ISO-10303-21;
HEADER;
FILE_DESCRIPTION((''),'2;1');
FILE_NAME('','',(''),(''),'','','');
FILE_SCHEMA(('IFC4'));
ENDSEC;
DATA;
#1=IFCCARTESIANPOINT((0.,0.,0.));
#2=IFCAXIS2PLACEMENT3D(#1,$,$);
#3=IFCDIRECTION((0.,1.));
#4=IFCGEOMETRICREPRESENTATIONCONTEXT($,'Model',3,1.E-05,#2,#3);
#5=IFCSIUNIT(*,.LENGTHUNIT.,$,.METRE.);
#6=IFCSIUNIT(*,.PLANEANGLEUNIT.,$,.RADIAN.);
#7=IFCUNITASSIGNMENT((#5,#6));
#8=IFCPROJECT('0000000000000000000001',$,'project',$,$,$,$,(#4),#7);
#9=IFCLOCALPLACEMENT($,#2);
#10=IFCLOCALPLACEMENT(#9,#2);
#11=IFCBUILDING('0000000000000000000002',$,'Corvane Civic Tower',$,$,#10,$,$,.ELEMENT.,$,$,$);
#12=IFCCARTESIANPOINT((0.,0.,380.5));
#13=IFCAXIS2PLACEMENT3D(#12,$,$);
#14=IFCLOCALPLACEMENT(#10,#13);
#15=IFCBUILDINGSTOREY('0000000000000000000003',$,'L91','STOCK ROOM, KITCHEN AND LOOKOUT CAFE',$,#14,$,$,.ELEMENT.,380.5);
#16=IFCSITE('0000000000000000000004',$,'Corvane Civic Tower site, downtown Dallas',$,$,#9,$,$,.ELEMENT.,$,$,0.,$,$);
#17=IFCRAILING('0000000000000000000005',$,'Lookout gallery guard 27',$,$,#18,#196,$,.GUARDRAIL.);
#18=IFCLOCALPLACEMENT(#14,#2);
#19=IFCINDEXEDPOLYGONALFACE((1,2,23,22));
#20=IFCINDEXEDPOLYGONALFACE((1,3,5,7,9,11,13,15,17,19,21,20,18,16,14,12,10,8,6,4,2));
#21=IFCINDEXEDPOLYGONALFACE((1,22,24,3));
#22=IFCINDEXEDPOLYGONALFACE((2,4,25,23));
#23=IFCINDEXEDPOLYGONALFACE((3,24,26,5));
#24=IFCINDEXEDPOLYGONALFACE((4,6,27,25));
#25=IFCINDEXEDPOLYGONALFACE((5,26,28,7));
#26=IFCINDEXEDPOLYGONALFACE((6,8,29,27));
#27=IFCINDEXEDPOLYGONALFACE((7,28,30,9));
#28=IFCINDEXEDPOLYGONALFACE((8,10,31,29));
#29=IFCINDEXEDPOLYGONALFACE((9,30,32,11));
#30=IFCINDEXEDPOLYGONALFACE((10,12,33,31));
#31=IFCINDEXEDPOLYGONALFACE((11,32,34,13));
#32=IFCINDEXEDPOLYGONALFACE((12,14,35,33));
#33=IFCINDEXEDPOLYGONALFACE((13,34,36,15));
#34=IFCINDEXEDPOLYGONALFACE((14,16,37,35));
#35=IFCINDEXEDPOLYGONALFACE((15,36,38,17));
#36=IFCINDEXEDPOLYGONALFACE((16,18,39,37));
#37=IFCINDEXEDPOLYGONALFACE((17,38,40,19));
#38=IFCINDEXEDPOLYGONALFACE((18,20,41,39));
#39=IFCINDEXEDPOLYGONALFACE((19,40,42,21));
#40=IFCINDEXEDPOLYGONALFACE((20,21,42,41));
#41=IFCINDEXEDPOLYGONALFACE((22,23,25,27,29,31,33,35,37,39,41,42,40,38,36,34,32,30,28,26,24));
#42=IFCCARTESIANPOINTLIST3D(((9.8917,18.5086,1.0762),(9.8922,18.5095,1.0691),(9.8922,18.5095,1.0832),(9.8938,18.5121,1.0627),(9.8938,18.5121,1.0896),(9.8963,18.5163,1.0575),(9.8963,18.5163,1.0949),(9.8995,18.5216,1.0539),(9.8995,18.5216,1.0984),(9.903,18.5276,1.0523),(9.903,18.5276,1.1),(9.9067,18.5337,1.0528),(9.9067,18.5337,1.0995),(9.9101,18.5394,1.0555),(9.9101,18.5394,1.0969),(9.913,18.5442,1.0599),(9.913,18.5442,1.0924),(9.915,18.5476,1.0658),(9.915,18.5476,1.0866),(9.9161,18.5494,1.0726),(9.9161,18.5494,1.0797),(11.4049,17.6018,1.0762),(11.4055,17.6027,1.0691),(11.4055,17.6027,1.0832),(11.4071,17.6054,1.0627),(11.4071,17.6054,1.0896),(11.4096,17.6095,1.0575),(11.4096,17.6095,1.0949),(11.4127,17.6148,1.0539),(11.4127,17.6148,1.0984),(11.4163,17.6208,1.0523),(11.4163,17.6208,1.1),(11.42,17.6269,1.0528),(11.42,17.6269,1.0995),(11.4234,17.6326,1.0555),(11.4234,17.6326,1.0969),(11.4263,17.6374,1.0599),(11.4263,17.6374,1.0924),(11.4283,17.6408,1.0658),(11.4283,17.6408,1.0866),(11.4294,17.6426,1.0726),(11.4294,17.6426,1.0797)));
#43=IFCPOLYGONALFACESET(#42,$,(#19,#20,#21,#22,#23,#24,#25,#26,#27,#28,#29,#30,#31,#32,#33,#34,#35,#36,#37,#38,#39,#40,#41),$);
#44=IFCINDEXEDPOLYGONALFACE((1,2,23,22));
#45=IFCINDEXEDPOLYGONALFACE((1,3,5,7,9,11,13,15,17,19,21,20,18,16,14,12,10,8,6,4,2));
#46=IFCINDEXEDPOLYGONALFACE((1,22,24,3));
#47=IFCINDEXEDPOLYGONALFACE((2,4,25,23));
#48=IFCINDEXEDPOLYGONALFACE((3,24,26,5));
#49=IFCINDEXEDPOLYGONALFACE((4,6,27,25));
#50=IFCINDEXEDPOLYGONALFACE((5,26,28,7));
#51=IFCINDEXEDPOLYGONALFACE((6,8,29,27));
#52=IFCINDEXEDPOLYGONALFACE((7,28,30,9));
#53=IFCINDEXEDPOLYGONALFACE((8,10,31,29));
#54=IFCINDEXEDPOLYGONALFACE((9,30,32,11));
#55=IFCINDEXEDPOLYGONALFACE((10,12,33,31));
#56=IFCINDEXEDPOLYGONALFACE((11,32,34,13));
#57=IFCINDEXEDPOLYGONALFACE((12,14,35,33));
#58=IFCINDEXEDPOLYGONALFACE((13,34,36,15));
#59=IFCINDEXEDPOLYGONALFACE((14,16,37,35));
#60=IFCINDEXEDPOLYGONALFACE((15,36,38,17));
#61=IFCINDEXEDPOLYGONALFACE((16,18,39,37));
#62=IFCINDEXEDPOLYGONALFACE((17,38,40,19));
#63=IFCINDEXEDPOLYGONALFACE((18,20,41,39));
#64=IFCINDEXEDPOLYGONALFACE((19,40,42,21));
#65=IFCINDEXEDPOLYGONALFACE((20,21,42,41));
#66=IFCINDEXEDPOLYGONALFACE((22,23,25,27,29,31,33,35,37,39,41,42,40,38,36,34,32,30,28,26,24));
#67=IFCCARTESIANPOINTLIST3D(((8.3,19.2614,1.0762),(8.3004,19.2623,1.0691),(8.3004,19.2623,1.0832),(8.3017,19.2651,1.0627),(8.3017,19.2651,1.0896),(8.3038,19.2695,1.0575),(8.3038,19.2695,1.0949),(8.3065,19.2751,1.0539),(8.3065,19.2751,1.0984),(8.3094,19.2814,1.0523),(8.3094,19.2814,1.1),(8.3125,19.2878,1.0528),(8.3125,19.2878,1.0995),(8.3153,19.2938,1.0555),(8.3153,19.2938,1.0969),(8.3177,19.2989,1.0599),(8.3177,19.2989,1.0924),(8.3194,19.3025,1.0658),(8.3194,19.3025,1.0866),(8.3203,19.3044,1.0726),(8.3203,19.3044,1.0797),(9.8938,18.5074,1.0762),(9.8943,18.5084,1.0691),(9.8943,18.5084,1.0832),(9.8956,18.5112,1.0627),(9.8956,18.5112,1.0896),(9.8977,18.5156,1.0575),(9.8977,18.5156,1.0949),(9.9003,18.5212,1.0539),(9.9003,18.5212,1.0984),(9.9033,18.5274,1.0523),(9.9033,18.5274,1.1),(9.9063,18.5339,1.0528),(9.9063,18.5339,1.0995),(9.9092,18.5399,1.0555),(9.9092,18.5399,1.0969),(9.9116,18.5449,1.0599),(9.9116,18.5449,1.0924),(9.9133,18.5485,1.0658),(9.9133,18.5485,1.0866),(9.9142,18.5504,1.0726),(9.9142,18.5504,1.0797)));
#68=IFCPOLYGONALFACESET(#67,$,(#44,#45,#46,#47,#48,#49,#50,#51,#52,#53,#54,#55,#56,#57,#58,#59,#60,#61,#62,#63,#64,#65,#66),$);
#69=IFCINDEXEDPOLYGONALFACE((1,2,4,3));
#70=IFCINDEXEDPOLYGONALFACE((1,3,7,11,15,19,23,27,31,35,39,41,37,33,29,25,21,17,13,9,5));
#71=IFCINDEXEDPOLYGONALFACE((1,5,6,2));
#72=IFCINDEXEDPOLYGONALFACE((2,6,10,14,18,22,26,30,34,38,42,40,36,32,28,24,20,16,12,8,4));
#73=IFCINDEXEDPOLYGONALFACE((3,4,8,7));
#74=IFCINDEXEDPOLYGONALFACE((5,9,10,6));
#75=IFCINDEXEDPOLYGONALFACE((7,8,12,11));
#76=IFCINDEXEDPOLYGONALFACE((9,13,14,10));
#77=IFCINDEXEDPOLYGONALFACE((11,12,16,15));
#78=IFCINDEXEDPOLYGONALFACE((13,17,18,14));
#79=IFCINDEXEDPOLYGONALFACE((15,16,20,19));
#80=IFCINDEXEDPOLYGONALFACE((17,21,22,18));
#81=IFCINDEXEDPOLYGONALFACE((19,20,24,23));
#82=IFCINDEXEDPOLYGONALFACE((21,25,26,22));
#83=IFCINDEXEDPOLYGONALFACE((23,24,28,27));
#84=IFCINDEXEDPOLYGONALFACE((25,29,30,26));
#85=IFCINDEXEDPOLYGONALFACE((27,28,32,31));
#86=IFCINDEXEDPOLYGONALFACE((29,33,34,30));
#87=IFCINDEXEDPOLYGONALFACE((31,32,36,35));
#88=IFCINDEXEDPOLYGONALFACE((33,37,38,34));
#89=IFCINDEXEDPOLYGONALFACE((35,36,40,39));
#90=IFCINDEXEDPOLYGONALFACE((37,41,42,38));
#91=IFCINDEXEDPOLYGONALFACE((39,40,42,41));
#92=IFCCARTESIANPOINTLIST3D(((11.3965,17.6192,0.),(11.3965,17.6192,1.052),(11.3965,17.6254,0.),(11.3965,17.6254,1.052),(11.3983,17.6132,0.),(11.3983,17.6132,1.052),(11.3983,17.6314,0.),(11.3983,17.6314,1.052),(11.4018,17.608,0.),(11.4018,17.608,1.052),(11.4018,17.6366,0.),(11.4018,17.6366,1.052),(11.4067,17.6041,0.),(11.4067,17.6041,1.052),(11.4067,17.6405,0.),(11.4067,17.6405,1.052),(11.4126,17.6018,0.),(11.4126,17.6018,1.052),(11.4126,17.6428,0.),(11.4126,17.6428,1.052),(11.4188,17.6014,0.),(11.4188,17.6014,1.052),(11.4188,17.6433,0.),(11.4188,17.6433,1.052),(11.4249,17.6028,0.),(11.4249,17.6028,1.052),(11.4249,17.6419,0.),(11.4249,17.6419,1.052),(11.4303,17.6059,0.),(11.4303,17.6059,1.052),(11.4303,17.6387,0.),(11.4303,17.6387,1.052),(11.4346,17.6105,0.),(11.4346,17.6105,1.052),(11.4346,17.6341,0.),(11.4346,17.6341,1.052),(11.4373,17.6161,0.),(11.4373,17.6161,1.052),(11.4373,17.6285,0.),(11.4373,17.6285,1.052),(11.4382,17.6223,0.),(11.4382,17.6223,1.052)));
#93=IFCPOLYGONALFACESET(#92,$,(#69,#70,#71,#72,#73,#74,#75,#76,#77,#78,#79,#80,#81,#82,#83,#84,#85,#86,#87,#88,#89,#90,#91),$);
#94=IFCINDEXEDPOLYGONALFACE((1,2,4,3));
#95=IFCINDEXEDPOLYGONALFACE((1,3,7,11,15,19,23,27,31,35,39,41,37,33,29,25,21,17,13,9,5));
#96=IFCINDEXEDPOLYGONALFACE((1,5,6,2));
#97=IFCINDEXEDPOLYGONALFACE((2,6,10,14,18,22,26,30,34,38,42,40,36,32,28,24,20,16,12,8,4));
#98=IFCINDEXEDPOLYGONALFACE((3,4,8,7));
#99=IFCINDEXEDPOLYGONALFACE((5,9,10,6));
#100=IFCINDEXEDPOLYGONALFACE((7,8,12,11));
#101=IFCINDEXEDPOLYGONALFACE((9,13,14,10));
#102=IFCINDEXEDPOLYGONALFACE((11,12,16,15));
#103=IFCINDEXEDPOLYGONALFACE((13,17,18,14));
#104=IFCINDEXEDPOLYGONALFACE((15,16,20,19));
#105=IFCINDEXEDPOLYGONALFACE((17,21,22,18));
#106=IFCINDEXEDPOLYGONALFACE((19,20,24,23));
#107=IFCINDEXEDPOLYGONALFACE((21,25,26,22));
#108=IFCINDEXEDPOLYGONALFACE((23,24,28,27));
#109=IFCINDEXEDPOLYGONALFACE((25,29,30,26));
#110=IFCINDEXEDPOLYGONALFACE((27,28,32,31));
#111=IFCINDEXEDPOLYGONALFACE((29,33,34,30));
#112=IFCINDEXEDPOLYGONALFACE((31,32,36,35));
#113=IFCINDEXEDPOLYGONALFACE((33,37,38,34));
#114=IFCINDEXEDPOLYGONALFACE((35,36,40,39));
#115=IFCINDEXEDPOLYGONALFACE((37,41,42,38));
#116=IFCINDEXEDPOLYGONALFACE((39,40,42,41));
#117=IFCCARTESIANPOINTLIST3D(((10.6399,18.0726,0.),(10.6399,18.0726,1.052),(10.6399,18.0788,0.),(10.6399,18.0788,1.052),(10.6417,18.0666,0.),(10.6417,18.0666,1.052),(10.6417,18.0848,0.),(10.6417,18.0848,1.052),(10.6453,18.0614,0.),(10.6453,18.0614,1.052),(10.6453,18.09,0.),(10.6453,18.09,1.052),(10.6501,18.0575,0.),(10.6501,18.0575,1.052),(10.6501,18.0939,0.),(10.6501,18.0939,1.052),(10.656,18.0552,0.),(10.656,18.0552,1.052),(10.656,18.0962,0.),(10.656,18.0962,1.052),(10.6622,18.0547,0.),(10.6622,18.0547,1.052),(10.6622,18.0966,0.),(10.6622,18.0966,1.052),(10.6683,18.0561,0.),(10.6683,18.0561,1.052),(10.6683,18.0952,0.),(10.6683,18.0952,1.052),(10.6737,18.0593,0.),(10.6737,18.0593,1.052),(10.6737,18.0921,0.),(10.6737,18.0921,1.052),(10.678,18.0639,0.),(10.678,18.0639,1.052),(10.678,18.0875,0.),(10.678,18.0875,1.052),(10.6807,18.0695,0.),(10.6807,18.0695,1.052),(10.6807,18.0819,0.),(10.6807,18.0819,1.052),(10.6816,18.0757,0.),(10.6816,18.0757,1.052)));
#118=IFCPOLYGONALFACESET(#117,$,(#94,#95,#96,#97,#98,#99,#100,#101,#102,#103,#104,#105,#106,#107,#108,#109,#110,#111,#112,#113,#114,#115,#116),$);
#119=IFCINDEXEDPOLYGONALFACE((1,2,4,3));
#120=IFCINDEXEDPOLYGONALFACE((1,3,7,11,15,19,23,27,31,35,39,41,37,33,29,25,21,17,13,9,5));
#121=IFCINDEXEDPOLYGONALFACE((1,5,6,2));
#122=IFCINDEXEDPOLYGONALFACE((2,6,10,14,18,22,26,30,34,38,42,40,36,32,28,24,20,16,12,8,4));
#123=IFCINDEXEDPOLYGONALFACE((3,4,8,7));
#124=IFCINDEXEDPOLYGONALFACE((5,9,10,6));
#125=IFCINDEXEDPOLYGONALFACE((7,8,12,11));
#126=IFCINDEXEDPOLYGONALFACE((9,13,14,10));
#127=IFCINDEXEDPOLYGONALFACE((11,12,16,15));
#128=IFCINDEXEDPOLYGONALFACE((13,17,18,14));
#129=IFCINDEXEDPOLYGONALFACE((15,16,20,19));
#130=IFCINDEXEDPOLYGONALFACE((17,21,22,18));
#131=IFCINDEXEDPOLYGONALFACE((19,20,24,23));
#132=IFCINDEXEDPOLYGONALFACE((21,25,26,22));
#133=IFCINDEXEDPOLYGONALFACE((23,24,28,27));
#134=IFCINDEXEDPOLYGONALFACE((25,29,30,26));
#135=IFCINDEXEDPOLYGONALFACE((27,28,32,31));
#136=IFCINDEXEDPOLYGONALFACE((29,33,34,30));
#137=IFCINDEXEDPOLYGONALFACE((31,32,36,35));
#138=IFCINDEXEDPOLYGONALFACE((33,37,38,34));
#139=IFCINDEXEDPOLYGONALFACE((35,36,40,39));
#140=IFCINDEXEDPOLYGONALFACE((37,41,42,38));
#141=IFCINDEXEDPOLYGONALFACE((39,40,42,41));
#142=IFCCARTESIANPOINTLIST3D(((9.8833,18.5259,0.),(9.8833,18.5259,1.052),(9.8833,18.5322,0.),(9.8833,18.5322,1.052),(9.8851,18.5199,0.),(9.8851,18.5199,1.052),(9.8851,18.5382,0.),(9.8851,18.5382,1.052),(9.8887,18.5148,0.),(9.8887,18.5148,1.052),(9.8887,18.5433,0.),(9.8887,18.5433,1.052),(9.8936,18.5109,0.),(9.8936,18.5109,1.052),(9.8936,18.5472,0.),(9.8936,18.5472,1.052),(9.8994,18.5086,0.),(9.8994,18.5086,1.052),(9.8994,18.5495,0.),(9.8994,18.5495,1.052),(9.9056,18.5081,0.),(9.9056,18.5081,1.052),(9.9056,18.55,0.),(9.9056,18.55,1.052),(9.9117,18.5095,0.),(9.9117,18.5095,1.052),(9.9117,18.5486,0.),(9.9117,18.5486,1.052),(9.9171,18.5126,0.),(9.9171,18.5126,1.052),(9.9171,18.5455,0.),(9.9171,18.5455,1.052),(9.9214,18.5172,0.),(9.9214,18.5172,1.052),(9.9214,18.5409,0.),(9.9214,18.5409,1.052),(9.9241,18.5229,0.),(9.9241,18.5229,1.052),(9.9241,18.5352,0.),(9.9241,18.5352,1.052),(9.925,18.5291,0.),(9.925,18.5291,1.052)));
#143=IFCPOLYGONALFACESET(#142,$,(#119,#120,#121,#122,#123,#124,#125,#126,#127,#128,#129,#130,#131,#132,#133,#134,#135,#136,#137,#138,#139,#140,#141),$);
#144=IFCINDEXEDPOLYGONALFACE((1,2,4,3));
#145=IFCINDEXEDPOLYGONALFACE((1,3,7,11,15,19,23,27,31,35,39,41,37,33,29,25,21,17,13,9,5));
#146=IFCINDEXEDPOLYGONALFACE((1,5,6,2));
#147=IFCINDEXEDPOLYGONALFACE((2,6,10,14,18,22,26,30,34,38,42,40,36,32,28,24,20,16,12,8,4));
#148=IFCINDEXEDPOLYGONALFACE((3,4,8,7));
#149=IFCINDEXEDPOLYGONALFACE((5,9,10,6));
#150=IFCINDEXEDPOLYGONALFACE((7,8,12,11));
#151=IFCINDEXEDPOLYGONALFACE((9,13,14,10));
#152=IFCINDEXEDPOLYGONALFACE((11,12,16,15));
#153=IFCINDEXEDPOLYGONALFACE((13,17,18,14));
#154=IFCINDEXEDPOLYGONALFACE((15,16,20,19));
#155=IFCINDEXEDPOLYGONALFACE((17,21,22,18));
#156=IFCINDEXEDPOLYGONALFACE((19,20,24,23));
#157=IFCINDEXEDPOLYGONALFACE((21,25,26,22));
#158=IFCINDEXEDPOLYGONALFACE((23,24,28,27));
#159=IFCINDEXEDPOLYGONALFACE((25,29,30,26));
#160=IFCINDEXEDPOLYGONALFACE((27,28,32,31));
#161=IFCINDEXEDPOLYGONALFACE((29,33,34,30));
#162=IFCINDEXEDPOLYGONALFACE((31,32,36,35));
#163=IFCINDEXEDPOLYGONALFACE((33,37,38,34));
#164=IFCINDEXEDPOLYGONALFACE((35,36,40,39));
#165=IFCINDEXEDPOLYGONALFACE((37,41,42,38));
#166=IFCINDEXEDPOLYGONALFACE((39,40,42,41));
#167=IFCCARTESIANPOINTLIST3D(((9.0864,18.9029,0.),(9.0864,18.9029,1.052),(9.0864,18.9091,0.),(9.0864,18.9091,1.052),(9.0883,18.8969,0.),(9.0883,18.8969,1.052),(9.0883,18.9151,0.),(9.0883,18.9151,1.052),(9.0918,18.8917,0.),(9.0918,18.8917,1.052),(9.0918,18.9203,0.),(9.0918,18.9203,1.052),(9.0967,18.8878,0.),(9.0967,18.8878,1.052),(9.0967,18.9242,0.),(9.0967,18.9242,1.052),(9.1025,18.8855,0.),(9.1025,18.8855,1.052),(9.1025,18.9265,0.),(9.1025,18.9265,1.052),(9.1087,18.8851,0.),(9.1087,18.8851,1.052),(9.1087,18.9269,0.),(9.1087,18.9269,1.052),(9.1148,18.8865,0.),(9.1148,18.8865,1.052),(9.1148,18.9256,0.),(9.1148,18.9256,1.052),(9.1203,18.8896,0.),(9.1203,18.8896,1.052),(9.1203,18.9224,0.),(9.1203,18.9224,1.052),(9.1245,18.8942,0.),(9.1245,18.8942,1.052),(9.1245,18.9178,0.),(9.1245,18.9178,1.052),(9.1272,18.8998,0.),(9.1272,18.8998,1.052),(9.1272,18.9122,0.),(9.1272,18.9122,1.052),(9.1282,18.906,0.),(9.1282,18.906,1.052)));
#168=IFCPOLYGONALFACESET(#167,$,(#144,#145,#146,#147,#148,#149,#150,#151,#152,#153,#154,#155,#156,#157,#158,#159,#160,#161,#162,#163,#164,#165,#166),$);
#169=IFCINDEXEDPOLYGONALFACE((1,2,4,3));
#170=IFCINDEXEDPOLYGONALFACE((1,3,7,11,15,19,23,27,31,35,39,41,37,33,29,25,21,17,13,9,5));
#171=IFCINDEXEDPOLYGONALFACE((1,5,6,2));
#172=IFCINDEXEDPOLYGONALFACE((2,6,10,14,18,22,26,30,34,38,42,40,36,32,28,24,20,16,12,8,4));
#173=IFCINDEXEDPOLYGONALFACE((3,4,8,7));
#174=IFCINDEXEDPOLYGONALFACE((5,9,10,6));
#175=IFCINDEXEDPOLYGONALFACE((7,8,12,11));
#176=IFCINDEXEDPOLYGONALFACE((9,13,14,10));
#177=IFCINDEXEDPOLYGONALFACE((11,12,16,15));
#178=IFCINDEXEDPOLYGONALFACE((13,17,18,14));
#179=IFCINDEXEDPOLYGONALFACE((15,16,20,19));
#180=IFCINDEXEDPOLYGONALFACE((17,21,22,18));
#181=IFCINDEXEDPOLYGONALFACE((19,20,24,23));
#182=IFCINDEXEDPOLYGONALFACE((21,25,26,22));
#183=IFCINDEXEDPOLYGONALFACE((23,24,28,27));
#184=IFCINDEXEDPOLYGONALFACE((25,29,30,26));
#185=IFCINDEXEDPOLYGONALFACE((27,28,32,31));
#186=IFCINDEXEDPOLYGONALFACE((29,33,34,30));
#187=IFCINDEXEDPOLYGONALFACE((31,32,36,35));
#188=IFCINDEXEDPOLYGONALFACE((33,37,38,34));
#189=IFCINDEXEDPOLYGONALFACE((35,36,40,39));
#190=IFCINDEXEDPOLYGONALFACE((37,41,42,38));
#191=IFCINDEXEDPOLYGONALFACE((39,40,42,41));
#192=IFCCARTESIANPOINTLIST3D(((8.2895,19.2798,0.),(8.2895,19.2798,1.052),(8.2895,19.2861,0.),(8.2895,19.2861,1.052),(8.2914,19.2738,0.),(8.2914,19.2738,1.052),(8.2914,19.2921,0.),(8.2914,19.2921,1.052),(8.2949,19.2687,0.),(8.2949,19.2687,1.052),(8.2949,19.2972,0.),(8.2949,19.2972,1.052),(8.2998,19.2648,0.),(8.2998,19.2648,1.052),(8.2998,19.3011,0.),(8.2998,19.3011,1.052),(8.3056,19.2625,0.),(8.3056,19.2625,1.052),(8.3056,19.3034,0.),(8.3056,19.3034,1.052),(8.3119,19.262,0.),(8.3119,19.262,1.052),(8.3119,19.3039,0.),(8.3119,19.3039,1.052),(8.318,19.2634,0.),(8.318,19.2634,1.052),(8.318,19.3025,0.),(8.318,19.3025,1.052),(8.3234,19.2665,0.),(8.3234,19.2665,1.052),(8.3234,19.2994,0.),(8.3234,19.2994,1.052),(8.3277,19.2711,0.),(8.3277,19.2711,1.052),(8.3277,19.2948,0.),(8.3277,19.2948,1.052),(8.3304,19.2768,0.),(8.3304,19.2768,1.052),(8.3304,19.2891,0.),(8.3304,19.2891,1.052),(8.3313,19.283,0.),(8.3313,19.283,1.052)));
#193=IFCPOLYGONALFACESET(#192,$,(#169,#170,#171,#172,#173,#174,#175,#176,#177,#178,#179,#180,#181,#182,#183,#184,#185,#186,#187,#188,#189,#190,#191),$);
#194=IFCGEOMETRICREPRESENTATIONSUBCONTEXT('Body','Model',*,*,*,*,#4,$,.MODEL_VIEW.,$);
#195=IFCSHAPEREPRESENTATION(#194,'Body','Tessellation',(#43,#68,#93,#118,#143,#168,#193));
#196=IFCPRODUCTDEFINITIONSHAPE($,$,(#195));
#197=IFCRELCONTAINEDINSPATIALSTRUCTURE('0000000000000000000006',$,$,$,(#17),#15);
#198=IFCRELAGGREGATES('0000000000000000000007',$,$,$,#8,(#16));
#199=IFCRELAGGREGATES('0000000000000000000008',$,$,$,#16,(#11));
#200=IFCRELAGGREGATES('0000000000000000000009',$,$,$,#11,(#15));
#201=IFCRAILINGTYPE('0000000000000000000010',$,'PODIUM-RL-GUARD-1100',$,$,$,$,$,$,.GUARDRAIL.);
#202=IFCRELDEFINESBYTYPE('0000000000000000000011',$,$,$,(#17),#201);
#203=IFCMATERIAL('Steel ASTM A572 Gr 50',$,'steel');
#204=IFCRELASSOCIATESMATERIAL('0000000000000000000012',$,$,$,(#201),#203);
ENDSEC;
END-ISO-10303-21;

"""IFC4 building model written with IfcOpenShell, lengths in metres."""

from ifc_helpers import new_model, si_unit, direction, frame, origin, origin_2d, place, context, subcontext, project, spatial, circle, extrude, material, type_object, element, save


model = new_model("IFC4")

# Units and contexts
model_context = context("Model", 3, precision=1e-05, world=origin(), true_north=direction((0.0, 1.0)))
body_context = subcontext(model_context, "Body", "Model", "MODEL_VIEW")
ifc_project = project(units=[si_unit("LENGTHUNIT", "METRE"), si_unit("PLANEANGLEUNIT", "RADIAN")], contexts=[model_context])

# Site, building, storey
site_placement = place(None, origin())
site = spatial("IfcSite", under=ifc_project, at=site_placement, Name="Corvane Civic Tower site, downtown Dallas", CompositionType="ELEMENT", RefElevation=0.0)
building_placement = place(site_placement, origin())
building = spatial("IfcBuilding", under=site, at=building_placement, Name="Corvane Civic Tower", CompositionType="ELEMENT")
storey_placement = place(building_placement, frame((0.0, 0.0, 380.5)))
storey = spatial("IfcBuildingStorey", under=building, at=storey_placement, Name="L91", Description="STOCK ROOM, KITCHEN AND LOOKOUT CAFE", CompositionType="ELEMENT", Elevation=380.5)

# Railing
ifc_material_1 = material(Name="Steel ASTM A572 Gr 50", Category="steel")
railing_type = type_object("IfcRailingType", Name="PODIUM-RL-GUARD-1100", PredefinedType="GUARDRAIL", material=ifc_material_1)
railing_1_placement = place(storey_placement, frame((11.4172, 17.6223, 0.0)))
element("IfcRailing", 1, at=railing_1_placement, inside=storey, type_object=railing_type, Name="Lookout gallery guard 27", PredefinedType="GUARDRAIL", context=body_context, shape_type="SweptSolid", body=[
    extrude(circle(Radius=0.0239, at=origin_2d()), frame((0.0, 0.0, 1.0762), z_axis=(-0.857786, 0.514007, 0.0), x_axis=(-0.514007, -0.857786, 0.0)), (0.0, 0.0, 1.0), 1.7642),
    extrude(circle(Radius=0.0239, at=origin_2d()), frame((-1.5132, 0.9067, 1.0762), z_axis=(-0.903963, 0.42761, 0.0), x_axis=(-0.42761, -0.903963, 0.0)), (0.0, 0.0, 1.0), 1.7632),
    extrude(circle(Radius=0.021, at=origin_2d()), origin(), (0.0, 0.0, 1.0), 1.052),
    extrude(circle(Radius=0.021, at=origin_2d()), frame((-0.7566, 0.4534, 0.0)), (0.0, 0.0, 1.0), 1.052),
    extrude(circle(Radius=0.021, at=origin_2d()), frame((-1.5132, 0.9067, 0.0)), (0.0, 0.0, 1.0), 1.052),
    extrude(circle(Radius=0.021, at=origin_2d()), frame((-2.3101, 1.2837, 0.0)), (0.0, 0.0, 1.0), 1.052),
    extrude(circle(Radius=0.021, at=origin_2d()), frame((-3.1069, 1.6606, 0.0)), (0.0, 0.0, 1.0), 1.052),
])

save(model, "model.ifc")
